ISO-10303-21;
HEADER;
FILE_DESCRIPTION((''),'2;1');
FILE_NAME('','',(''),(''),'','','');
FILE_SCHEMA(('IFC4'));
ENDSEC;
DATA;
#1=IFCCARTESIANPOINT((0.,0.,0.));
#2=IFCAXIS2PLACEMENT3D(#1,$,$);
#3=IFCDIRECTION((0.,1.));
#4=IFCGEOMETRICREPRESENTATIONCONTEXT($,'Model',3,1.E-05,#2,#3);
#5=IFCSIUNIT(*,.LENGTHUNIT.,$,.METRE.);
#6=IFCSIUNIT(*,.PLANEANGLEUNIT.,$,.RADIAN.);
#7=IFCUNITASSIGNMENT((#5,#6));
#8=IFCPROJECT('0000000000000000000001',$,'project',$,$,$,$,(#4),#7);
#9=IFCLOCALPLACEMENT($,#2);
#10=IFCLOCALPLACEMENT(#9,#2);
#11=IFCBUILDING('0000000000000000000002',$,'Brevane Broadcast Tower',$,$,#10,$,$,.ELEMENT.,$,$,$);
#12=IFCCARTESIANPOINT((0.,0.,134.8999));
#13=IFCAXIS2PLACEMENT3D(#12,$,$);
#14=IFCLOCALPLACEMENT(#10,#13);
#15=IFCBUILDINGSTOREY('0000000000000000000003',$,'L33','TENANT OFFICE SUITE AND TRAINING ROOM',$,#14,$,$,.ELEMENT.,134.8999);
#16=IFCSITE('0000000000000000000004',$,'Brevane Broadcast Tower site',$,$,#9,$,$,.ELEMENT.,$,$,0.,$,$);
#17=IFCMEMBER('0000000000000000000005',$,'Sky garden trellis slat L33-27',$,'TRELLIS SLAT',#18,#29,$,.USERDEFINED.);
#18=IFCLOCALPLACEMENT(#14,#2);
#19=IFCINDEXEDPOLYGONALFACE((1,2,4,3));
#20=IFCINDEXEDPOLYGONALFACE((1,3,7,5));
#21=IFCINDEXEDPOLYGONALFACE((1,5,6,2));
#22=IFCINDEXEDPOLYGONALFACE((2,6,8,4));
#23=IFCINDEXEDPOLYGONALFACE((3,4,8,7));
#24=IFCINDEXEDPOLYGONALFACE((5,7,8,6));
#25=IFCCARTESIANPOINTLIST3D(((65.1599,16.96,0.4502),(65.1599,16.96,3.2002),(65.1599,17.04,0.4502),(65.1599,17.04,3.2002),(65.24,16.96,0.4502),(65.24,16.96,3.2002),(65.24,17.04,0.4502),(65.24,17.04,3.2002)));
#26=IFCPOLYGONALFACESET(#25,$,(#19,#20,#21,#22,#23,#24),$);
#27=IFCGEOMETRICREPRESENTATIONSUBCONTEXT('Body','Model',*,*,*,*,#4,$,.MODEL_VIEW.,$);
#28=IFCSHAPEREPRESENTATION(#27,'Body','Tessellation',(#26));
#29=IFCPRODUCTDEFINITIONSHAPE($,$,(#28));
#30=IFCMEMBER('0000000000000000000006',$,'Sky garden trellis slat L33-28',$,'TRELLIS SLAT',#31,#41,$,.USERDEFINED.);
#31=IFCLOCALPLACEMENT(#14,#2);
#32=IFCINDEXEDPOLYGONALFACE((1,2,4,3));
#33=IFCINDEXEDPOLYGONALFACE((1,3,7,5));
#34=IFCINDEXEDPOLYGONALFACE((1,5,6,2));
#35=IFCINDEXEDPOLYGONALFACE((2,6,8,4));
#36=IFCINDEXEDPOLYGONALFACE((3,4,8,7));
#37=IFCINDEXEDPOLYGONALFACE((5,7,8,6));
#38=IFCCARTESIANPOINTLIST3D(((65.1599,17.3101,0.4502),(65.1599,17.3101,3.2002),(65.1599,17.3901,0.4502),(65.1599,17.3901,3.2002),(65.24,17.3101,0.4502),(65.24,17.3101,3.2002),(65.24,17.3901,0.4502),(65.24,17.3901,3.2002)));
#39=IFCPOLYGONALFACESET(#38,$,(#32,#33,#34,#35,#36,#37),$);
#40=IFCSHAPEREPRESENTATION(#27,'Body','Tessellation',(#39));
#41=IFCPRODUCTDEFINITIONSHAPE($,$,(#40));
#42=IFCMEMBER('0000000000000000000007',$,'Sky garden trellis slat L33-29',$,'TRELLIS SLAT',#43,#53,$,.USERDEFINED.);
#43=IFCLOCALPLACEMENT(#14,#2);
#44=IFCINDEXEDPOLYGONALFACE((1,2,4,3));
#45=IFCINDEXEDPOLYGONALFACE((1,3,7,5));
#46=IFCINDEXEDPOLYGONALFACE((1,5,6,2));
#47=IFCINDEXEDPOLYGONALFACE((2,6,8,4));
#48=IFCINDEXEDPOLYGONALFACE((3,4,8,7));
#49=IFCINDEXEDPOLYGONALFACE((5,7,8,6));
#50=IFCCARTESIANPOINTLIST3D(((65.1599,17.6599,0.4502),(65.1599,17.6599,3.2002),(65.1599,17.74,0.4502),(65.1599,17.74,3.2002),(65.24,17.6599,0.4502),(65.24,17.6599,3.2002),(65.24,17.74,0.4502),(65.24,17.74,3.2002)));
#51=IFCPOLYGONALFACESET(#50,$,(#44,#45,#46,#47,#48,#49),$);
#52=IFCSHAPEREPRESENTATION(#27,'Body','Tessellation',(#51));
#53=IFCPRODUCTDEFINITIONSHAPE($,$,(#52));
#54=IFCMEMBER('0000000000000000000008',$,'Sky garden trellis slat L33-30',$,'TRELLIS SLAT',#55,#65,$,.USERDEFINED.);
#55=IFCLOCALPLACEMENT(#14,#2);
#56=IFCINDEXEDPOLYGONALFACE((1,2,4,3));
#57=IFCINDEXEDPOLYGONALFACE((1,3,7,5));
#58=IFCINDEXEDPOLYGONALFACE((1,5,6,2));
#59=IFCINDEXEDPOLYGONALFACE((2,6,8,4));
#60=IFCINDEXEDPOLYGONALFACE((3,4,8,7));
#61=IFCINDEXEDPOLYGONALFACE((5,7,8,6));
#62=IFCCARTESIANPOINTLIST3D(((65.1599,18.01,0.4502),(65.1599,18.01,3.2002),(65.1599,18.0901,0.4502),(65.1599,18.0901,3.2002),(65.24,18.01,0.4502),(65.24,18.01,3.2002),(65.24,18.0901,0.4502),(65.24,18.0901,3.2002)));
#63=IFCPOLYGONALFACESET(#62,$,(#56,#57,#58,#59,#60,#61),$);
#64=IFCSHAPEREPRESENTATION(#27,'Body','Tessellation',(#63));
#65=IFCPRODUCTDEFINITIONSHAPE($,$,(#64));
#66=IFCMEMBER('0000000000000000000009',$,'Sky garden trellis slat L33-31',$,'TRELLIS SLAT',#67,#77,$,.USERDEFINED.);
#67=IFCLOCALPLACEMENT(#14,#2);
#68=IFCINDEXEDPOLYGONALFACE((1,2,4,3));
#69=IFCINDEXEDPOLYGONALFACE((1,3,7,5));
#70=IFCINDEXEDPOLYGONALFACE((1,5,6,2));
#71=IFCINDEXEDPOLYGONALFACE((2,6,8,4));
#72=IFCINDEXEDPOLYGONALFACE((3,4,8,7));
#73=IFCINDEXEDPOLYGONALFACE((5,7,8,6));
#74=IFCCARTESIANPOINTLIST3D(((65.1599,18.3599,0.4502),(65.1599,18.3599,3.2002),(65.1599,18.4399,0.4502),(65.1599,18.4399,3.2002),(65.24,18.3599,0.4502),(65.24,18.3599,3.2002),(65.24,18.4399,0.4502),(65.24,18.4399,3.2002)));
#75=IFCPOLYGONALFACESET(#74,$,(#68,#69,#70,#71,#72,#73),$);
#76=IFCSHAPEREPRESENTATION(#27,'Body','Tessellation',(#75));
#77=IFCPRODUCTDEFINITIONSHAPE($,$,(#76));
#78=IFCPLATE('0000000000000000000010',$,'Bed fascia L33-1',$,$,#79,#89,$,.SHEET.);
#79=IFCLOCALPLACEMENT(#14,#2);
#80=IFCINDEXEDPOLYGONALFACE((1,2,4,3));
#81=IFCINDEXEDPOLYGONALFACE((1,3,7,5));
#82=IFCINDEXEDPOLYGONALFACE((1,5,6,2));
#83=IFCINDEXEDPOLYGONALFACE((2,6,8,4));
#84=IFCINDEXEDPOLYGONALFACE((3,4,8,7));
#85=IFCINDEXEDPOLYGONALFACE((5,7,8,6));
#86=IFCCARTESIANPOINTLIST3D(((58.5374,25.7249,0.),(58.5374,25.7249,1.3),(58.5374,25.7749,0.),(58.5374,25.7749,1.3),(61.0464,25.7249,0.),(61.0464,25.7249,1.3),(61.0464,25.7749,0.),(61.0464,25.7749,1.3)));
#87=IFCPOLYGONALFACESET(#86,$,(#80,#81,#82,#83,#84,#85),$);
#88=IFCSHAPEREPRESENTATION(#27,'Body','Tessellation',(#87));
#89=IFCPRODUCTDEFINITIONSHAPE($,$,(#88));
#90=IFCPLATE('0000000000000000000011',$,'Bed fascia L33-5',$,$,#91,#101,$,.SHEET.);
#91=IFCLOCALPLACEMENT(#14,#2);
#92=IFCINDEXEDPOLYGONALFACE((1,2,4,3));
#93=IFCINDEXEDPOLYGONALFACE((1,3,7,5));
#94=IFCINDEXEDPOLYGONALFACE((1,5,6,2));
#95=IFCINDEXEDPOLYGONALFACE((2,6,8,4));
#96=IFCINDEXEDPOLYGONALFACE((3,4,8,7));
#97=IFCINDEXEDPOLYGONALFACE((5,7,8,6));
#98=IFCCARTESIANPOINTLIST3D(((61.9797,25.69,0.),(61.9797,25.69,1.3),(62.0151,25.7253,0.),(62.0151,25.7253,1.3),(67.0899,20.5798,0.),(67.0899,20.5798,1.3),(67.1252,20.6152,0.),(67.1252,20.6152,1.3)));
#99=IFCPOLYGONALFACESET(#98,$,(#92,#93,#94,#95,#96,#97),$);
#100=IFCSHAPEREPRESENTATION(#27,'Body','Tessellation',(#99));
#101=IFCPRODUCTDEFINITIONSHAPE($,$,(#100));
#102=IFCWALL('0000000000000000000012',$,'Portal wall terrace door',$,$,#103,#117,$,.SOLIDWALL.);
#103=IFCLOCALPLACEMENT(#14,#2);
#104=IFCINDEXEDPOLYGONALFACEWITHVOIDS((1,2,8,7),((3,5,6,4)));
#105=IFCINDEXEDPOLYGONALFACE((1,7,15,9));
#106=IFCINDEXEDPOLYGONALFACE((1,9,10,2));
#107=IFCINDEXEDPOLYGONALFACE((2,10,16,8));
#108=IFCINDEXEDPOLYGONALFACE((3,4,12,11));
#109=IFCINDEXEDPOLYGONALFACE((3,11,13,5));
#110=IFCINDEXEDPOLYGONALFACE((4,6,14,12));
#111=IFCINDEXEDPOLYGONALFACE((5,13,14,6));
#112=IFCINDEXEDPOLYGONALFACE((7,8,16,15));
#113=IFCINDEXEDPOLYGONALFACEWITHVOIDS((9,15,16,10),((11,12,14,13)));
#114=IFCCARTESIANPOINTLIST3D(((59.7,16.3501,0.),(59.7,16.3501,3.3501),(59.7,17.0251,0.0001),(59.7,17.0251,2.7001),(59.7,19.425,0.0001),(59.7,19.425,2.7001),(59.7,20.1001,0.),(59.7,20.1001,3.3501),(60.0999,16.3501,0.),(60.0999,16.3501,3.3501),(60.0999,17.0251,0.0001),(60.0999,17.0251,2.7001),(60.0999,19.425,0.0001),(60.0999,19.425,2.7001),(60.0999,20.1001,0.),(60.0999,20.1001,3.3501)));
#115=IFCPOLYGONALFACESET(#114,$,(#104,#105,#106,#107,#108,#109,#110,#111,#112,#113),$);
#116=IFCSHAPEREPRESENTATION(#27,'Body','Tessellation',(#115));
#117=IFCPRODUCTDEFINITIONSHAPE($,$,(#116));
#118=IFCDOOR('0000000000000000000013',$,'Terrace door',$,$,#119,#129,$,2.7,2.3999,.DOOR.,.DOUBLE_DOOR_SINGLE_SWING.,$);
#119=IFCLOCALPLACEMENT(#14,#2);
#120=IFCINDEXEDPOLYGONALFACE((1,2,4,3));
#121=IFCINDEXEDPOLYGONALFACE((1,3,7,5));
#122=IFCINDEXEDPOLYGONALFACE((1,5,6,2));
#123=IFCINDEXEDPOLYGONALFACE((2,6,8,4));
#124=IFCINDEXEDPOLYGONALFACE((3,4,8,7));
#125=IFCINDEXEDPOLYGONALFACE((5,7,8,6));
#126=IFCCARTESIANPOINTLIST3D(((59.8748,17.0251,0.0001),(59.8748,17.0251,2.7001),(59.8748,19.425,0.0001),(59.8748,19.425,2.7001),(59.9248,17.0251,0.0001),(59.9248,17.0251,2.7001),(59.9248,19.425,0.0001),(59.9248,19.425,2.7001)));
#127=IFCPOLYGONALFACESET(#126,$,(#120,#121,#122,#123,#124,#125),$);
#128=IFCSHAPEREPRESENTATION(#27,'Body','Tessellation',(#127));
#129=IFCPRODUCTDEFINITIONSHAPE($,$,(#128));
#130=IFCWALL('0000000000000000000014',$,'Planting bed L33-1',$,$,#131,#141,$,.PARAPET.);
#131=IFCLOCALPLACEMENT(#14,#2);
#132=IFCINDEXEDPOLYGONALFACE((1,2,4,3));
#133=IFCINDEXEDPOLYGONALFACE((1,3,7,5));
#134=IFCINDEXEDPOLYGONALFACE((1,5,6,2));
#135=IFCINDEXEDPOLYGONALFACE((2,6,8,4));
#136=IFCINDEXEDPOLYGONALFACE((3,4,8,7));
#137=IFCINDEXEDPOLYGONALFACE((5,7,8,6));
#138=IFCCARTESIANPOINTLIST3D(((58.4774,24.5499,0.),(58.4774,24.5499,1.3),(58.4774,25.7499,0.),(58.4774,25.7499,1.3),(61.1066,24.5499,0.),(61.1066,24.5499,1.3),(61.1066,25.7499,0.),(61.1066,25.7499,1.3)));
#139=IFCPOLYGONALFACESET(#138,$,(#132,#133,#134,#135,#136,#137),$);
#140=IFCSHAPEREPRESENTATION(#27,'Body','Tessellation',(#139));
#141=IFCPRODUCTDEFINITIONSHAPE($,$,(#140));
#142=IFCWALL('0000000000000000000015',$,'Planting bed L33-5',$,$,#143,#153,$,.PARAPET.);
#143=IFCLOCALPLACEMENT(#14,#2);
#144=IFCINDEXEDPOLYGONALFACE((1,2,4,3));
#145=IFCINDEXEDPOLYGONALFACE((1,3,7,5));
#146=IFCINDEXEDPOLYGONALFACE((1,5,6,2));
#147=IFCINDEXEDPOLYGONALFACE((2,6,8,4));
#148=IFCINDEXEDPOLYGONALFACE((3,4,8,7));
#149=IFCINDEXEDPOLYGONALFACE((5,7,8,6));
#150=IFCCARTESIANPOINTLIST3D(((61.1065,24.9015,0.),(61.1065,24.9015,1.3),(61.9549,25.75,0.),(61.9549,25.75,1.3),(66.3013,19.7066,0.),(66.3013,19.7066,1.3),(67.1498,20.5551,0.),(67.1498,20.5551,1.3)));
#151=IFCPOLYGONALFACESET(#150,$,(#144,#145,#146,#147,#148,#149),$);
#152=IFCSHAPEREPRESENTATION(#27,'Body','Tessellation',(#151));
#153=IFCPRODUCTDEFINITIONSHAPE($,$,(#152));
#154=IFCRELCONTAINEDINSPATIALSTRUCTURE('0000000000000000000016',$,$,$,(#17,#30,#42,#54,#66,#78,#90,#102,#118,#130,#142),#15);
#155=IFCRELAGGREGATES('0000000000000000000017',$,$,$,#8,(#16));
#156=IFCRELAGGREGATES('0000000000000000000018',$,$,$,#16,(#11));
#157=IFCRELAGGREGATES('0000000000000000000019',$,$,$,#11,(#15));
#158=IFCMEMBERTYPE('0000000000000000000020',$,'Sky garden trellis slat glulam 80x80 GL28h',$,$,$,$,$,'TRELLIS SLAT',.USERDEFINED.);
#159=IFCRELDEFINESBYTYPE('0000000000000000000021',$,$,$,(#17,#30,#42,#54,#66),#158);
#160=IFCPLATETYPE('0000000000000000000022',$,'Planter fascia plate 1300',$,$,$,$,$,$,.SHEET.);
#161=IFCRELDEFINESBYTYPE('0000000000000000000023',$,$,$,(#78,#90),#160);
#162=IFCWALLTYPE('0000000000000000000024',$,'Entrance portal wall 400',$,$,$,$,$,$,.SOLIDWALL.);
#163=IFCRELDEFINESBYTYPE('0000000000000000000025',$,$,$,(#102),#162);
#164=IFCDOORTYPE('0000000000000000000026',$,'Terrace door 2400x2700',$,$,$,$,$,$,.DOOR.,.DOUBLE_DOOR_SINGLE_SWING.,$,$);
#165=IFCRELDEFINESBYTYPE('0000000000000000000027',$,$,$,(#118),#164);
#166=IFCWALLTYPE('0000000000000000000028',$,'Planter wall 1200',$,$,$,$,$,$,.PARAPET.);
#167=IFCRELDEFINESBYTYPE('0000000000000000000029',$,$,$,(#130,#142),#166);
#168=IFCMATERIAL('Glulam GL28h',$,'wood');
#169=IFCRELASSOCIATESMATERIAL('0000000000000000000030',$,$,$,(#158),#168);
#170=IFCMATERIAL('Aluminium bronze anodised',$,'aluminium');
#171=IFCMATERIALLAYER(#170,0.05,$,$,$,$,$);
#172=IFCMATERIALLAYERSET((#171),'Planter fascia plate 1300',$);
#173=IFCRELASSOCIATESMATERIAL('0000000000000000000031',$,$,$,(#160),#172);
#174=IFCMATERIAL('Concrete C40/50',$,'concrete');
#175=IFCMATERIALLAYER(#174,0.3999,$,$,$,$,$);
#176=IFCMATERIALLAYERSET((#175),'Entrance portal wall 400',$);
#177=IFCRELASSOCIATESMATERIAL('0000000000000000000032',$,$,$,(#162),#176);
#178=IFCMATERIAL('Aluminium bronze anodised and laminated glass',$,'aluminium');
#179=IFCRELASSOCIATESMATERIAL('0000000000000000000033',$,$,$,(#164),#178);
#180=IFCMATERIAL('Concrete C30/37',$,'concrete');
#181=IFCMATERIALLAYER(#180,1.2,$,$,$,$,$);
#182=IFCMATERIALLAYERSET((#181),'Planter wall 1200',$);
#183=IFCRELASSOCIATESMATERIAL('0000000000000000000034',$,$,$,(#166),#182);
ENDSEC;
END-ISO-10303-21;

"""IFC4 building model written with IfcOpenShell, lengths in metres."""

from ifc_helpers import new_model, si_unit, direction, frame, frame_2d, origin, origin_2d, place, context, subcontext, project, spatial, polyline, rectangle, outline, extrude, material, layer, layer_set, material_profile, profile_set, type_object, element, fill, save


model = new_model("IFC4")

# Units and contexts
model_context = context("Model", 3, precision=1e-05, world=origin(), true_north=direction((0.0, 1.0)))
body_context = subcontext(model_context, "Body", "Model", "MODEL_VIEW")
ifc_project = project(units=[si_unit("LENGTHUNIT", "METRE"), si_unit("PLANEANGLEUNIT", "RADIAN")], contexts=[model_context])

# Site, building, storey
site_placement = place(None, origin())
site = spatial("IfcSite", under=ifc_project, at=site_placement, Name="Brevane Broadcast Tower site", CompositionType="ELEMENT", RefElevation=0.0)
building_placement = place(site_placement, origin())
building = spatial("IfcBuilding", under=site, at=building_placement, Name="Brevane Broadcast Tower", CompositionType="ELEMENT")
storey_placement = place(building_placement, frame((0.0, 0.0, 134.8999)))
storey = spatial("IfcBuildingStorey", under=building, at=storey_placement, Name="L33", Description="TENANT OFFICE SUITE AND TRAINING ROOM", CompositionType="ELEMENT", Elevation=134.8999)

# Shared definitions
ifc_material_1 = material(Name="Concrete C40/50", Category="concrete")

# Members
ifc_material_2 = material(Name="Glulam GL28h", Category="wood")
ifc_material_profile_1 = material_profile(ifc_material_2, rectangle(XDim=0.0801, YDim=0.0801, at=origin_2d()), Name="RECT 80x80")
ifc_profile_set_1 = profile_set([ifc_material_profile_1], Name="Glulam GL28h")
member_type_1 = type_object("IfcMemberType", Name="Sky garden trellis slat glulam 80x80 GL28h", ElementType="TRELLIS SLAT", PredefinedType="USERDEFINED", material=ifc_profile_set_1)
for number, where, z_axis, x_axis, name in (
    (1, (65.2, 17.0, 0.4502), (0.0, 0.0, 1.0), (1.0, 0.0, 0.0), "Sky garden trellis slat L33-27"),
    (2, (65.2, 17.3501, 0.4502), (0.0, 0.0, 1.0), (1.0, 0.0, 0.0), "Sky garden trellis slat L33-28"),
    (3, (65.2, 17.7, 0.4502), (0.0, 0.0, 1.0), (1.0, 0.0, 0.0), "Sky garden trellis slat L33-29"),
    (4, (65.2, 18.05, 0.4502), (0.0, 0.0, 1.0), (1.0, 0.0, 0.0), "Sky garden trellis slat L33-30"),
    (5, (65.2, 18.3999, 0.4502), (0.0, 0.0, 1.0), (1.0, 0.0, 0.0), "Sky garden trellis slat L33-31"),
):
    element("IfcMember", number, at=place(storey_placement, frame(where, z_axis=z_axis, x_axis=x_axis)), inside=storey, type_object=member_type_1, Name=name, ObjectType="TRELLIS SLAT", PredefinedType="USERDEFINED", context=body_context, shape_type="SweptSolid", body=[
        extrude(rectangle(XDim=0.0801, YDim=0.0801, at=origin_2d()), origin(), (0.0, 0.0, 1.0), 2.75),
    ])

# Plates
ifc_material_3 = material(Name="Aluminium bronze anodised", Category="aluminium")
ifc_layer_1 = layer(ifc_material_3, 0.05)
ifc_layer_set_1 = layer_set([ifc_layer_1], Name="Planter fascia plate 1300")
plate_type = type_object("IfcPlateType", Name="Planter fascia plate 1300", PredefinedType="SHEET", material=ifc_layer_set_1)
plate_1_placement = place(storey_placement, frame((61.0464, 25.7749, 0.0), z_axis=(0.0, 1.0, 0.0), x_axis=(-1.0, 0.0, 0.0)))
element("IfcPlate", 6, at=plate_1_placement, inside=storey, type_object=plate_type, Name="Bed fascia L33-1", PredefinedType="SHEET", context=body_context, shape_type="SweptSolid", body=[
    extrude(outline(polyline([(0.0, 0.0), (2.509, 0.0), (2.509, 1.3), (0.0, 1.3), (0.0, 0.0)])), origin(), (0.0, 0.0, -1.0), 0.05),
])
plate_2_placement = place(storey_placement, frame((67.1252, 20.6152, 0.0), z_axis=(0.707107, 0.707107, 0.0), x_axis=(-0.707107, 0.707107, 0.0)))
element("IfcPlate", 7, at=plate_2_placement, inside=storey, type_object=plate_type, Name="Bed fascia L33-5", PredefinedType="SHEET", context=body_context, shape_type="SweptSolid", body=[
    extrude(outline(polyline([(0.0, 0.0), (7.2268, 0.0), (7.2268, 1.3), (0.0, 1.3), (0.0, 0.0)])), origin(), (0.0, 0.0, -1.0), 0.05),
])

# Wall, opening, door
ifc_layer_2 = layer(ifc_material_1, 0.3999)
ifc_layer_set_2 = layer_set([ifc_layer_2], Name="Entrance portal wall 400")
wall_type_1 = type_object("IfcWallType", Name="Entrance portal wall 400", PredefinedType="SOLIDWALL", material=ifc_layer_set_2)
wall_1_placement = place(storey_placement, frame((59.8999, 20.1001, 0.0), z_axis=(0.0, 0.0, 1.0), x_axis=(0.0, -1.0, 0.0)))
wall_1 = element("IfcWall", 8, at=wall_1_placement, inside=storey, type_object=wall_type_1, Name="Portal wall terrace door", PredefinedType="SOLIDWALL", context=body_context, shape_type="SweptSolid", body=[
    extrude(rectangle(XDim=3.75, YDim=0.3999, at=frame_2d((1.875, 0.0))), origin(), (0.0, 0.0, 1.0), 3.3501),
])
opening_placement = place(wall_1_placement, frame((0.675, 0.0, 0.0)))
opening = element("IfcOpeningElement", 9, at=opening_placement, cuts=wall_1, PredefinedType="OPENING", context=body_context, shape_type="SweptSolid", body=[
    extrude(rectangle(XDim=2.3999, YDim=2.7, at=frame_2d((1.2, 1.3501))), frame((0.0, 0.21, 0.0), z_axis=(0.0, -1.0, 0.0), x_axis=(1.0, 0.0, 0.0)), (0.0, 0.0, 1.0), 0.4199),
])
ifc_material_4 = material(Name="Aluminium bronze anodised and laminated glass", Category="aluminium")
door_type = type_object("IfcDoorType", Name="Terrace door 2400x2700", OperationType="DOUBLE_DOOR_SINGLE_SWING", PredefinedType="DOOR", material=ifc_material_4)
door_placement = place(opening_placement, origin())
door = element("IfcDoor", 10, at=door_placement, inside=storey, type_object=door_type, Name="Terrace door", OperationType="DOUBLE_DOOR_SINGLE_SWING", OverallHeight=2.7, OverallWidth=2.3999, PredefinedType="DOOR", context=body_context, shape_type="SweptSolid", body=[
    extrude(rectangle(XDim=2.3999, YDim=2.7, at=frame_2d((1.2, 1.3501))), frame((0.0, 0.0249, 0.0), z_axis=(0.0, -1.0, 0.0), x_axis=(1.0, 0.0, 0.0)), (0.0, 0.0, 1.0), 0.05),
])
fill(opening, door)

# Walls
ifc_material_5 = material(Name="Concrete C30/37", Category="concrete")
ifc_layer_3 = layer(ifc_material_5, 1.2)
ifc_layer_set_3 = layer_set([ifc_layer_3], Name="Planter wall 1200")
wall_type_2 = type_object("IfcWallType", Name="Planter wall 1200", PredefinedType="PARAPET", material=ifc_layer_set_3)
wall_2_placement = place(storey_placement, frame((61.1064, 25.1499, 0.0), z_axis=(0.0, 0.0, 1.0), x_axis=(-1.0, 0.0, 0.0)))
element("IfcWall", 11, at=wall_2_placement, inside=storey, type_object=wall_type_2, Name="Planting bed L33-1", PredefinedType="PARAPET", context=body_context, shape_type="SweptSolid", body=[
    extrude(rectangle(XDim=2.6292, YDim=1.2, at=frame_2d((1.3145, 0.0))), origin(), (0.0, 0.0, 1.0), 1.3),
])
wall_3_placement = place(storey_placement, frame((66.7256, 20.1309, 0.0), z_axis=(0.0, 0.0, 1.0), x_axis=(-0.707107, 0.707107, 0.0)))
element("IfcWall", 12, at=wall_3_placement, inside=storey, type_object=wall_type_2, Name="Planting bed L33-5", PredefinedType="PARAPET", context=body_context, shape_type="SweptSolid", body=[
    extrude(rectangle(XDim=7.3467, YDim=1.2, at=frame_2d((3.6733, 0.0))), origin(), (0.0, 0.0, 1.0), 1.3),
])

save(model, "model.ifc")
